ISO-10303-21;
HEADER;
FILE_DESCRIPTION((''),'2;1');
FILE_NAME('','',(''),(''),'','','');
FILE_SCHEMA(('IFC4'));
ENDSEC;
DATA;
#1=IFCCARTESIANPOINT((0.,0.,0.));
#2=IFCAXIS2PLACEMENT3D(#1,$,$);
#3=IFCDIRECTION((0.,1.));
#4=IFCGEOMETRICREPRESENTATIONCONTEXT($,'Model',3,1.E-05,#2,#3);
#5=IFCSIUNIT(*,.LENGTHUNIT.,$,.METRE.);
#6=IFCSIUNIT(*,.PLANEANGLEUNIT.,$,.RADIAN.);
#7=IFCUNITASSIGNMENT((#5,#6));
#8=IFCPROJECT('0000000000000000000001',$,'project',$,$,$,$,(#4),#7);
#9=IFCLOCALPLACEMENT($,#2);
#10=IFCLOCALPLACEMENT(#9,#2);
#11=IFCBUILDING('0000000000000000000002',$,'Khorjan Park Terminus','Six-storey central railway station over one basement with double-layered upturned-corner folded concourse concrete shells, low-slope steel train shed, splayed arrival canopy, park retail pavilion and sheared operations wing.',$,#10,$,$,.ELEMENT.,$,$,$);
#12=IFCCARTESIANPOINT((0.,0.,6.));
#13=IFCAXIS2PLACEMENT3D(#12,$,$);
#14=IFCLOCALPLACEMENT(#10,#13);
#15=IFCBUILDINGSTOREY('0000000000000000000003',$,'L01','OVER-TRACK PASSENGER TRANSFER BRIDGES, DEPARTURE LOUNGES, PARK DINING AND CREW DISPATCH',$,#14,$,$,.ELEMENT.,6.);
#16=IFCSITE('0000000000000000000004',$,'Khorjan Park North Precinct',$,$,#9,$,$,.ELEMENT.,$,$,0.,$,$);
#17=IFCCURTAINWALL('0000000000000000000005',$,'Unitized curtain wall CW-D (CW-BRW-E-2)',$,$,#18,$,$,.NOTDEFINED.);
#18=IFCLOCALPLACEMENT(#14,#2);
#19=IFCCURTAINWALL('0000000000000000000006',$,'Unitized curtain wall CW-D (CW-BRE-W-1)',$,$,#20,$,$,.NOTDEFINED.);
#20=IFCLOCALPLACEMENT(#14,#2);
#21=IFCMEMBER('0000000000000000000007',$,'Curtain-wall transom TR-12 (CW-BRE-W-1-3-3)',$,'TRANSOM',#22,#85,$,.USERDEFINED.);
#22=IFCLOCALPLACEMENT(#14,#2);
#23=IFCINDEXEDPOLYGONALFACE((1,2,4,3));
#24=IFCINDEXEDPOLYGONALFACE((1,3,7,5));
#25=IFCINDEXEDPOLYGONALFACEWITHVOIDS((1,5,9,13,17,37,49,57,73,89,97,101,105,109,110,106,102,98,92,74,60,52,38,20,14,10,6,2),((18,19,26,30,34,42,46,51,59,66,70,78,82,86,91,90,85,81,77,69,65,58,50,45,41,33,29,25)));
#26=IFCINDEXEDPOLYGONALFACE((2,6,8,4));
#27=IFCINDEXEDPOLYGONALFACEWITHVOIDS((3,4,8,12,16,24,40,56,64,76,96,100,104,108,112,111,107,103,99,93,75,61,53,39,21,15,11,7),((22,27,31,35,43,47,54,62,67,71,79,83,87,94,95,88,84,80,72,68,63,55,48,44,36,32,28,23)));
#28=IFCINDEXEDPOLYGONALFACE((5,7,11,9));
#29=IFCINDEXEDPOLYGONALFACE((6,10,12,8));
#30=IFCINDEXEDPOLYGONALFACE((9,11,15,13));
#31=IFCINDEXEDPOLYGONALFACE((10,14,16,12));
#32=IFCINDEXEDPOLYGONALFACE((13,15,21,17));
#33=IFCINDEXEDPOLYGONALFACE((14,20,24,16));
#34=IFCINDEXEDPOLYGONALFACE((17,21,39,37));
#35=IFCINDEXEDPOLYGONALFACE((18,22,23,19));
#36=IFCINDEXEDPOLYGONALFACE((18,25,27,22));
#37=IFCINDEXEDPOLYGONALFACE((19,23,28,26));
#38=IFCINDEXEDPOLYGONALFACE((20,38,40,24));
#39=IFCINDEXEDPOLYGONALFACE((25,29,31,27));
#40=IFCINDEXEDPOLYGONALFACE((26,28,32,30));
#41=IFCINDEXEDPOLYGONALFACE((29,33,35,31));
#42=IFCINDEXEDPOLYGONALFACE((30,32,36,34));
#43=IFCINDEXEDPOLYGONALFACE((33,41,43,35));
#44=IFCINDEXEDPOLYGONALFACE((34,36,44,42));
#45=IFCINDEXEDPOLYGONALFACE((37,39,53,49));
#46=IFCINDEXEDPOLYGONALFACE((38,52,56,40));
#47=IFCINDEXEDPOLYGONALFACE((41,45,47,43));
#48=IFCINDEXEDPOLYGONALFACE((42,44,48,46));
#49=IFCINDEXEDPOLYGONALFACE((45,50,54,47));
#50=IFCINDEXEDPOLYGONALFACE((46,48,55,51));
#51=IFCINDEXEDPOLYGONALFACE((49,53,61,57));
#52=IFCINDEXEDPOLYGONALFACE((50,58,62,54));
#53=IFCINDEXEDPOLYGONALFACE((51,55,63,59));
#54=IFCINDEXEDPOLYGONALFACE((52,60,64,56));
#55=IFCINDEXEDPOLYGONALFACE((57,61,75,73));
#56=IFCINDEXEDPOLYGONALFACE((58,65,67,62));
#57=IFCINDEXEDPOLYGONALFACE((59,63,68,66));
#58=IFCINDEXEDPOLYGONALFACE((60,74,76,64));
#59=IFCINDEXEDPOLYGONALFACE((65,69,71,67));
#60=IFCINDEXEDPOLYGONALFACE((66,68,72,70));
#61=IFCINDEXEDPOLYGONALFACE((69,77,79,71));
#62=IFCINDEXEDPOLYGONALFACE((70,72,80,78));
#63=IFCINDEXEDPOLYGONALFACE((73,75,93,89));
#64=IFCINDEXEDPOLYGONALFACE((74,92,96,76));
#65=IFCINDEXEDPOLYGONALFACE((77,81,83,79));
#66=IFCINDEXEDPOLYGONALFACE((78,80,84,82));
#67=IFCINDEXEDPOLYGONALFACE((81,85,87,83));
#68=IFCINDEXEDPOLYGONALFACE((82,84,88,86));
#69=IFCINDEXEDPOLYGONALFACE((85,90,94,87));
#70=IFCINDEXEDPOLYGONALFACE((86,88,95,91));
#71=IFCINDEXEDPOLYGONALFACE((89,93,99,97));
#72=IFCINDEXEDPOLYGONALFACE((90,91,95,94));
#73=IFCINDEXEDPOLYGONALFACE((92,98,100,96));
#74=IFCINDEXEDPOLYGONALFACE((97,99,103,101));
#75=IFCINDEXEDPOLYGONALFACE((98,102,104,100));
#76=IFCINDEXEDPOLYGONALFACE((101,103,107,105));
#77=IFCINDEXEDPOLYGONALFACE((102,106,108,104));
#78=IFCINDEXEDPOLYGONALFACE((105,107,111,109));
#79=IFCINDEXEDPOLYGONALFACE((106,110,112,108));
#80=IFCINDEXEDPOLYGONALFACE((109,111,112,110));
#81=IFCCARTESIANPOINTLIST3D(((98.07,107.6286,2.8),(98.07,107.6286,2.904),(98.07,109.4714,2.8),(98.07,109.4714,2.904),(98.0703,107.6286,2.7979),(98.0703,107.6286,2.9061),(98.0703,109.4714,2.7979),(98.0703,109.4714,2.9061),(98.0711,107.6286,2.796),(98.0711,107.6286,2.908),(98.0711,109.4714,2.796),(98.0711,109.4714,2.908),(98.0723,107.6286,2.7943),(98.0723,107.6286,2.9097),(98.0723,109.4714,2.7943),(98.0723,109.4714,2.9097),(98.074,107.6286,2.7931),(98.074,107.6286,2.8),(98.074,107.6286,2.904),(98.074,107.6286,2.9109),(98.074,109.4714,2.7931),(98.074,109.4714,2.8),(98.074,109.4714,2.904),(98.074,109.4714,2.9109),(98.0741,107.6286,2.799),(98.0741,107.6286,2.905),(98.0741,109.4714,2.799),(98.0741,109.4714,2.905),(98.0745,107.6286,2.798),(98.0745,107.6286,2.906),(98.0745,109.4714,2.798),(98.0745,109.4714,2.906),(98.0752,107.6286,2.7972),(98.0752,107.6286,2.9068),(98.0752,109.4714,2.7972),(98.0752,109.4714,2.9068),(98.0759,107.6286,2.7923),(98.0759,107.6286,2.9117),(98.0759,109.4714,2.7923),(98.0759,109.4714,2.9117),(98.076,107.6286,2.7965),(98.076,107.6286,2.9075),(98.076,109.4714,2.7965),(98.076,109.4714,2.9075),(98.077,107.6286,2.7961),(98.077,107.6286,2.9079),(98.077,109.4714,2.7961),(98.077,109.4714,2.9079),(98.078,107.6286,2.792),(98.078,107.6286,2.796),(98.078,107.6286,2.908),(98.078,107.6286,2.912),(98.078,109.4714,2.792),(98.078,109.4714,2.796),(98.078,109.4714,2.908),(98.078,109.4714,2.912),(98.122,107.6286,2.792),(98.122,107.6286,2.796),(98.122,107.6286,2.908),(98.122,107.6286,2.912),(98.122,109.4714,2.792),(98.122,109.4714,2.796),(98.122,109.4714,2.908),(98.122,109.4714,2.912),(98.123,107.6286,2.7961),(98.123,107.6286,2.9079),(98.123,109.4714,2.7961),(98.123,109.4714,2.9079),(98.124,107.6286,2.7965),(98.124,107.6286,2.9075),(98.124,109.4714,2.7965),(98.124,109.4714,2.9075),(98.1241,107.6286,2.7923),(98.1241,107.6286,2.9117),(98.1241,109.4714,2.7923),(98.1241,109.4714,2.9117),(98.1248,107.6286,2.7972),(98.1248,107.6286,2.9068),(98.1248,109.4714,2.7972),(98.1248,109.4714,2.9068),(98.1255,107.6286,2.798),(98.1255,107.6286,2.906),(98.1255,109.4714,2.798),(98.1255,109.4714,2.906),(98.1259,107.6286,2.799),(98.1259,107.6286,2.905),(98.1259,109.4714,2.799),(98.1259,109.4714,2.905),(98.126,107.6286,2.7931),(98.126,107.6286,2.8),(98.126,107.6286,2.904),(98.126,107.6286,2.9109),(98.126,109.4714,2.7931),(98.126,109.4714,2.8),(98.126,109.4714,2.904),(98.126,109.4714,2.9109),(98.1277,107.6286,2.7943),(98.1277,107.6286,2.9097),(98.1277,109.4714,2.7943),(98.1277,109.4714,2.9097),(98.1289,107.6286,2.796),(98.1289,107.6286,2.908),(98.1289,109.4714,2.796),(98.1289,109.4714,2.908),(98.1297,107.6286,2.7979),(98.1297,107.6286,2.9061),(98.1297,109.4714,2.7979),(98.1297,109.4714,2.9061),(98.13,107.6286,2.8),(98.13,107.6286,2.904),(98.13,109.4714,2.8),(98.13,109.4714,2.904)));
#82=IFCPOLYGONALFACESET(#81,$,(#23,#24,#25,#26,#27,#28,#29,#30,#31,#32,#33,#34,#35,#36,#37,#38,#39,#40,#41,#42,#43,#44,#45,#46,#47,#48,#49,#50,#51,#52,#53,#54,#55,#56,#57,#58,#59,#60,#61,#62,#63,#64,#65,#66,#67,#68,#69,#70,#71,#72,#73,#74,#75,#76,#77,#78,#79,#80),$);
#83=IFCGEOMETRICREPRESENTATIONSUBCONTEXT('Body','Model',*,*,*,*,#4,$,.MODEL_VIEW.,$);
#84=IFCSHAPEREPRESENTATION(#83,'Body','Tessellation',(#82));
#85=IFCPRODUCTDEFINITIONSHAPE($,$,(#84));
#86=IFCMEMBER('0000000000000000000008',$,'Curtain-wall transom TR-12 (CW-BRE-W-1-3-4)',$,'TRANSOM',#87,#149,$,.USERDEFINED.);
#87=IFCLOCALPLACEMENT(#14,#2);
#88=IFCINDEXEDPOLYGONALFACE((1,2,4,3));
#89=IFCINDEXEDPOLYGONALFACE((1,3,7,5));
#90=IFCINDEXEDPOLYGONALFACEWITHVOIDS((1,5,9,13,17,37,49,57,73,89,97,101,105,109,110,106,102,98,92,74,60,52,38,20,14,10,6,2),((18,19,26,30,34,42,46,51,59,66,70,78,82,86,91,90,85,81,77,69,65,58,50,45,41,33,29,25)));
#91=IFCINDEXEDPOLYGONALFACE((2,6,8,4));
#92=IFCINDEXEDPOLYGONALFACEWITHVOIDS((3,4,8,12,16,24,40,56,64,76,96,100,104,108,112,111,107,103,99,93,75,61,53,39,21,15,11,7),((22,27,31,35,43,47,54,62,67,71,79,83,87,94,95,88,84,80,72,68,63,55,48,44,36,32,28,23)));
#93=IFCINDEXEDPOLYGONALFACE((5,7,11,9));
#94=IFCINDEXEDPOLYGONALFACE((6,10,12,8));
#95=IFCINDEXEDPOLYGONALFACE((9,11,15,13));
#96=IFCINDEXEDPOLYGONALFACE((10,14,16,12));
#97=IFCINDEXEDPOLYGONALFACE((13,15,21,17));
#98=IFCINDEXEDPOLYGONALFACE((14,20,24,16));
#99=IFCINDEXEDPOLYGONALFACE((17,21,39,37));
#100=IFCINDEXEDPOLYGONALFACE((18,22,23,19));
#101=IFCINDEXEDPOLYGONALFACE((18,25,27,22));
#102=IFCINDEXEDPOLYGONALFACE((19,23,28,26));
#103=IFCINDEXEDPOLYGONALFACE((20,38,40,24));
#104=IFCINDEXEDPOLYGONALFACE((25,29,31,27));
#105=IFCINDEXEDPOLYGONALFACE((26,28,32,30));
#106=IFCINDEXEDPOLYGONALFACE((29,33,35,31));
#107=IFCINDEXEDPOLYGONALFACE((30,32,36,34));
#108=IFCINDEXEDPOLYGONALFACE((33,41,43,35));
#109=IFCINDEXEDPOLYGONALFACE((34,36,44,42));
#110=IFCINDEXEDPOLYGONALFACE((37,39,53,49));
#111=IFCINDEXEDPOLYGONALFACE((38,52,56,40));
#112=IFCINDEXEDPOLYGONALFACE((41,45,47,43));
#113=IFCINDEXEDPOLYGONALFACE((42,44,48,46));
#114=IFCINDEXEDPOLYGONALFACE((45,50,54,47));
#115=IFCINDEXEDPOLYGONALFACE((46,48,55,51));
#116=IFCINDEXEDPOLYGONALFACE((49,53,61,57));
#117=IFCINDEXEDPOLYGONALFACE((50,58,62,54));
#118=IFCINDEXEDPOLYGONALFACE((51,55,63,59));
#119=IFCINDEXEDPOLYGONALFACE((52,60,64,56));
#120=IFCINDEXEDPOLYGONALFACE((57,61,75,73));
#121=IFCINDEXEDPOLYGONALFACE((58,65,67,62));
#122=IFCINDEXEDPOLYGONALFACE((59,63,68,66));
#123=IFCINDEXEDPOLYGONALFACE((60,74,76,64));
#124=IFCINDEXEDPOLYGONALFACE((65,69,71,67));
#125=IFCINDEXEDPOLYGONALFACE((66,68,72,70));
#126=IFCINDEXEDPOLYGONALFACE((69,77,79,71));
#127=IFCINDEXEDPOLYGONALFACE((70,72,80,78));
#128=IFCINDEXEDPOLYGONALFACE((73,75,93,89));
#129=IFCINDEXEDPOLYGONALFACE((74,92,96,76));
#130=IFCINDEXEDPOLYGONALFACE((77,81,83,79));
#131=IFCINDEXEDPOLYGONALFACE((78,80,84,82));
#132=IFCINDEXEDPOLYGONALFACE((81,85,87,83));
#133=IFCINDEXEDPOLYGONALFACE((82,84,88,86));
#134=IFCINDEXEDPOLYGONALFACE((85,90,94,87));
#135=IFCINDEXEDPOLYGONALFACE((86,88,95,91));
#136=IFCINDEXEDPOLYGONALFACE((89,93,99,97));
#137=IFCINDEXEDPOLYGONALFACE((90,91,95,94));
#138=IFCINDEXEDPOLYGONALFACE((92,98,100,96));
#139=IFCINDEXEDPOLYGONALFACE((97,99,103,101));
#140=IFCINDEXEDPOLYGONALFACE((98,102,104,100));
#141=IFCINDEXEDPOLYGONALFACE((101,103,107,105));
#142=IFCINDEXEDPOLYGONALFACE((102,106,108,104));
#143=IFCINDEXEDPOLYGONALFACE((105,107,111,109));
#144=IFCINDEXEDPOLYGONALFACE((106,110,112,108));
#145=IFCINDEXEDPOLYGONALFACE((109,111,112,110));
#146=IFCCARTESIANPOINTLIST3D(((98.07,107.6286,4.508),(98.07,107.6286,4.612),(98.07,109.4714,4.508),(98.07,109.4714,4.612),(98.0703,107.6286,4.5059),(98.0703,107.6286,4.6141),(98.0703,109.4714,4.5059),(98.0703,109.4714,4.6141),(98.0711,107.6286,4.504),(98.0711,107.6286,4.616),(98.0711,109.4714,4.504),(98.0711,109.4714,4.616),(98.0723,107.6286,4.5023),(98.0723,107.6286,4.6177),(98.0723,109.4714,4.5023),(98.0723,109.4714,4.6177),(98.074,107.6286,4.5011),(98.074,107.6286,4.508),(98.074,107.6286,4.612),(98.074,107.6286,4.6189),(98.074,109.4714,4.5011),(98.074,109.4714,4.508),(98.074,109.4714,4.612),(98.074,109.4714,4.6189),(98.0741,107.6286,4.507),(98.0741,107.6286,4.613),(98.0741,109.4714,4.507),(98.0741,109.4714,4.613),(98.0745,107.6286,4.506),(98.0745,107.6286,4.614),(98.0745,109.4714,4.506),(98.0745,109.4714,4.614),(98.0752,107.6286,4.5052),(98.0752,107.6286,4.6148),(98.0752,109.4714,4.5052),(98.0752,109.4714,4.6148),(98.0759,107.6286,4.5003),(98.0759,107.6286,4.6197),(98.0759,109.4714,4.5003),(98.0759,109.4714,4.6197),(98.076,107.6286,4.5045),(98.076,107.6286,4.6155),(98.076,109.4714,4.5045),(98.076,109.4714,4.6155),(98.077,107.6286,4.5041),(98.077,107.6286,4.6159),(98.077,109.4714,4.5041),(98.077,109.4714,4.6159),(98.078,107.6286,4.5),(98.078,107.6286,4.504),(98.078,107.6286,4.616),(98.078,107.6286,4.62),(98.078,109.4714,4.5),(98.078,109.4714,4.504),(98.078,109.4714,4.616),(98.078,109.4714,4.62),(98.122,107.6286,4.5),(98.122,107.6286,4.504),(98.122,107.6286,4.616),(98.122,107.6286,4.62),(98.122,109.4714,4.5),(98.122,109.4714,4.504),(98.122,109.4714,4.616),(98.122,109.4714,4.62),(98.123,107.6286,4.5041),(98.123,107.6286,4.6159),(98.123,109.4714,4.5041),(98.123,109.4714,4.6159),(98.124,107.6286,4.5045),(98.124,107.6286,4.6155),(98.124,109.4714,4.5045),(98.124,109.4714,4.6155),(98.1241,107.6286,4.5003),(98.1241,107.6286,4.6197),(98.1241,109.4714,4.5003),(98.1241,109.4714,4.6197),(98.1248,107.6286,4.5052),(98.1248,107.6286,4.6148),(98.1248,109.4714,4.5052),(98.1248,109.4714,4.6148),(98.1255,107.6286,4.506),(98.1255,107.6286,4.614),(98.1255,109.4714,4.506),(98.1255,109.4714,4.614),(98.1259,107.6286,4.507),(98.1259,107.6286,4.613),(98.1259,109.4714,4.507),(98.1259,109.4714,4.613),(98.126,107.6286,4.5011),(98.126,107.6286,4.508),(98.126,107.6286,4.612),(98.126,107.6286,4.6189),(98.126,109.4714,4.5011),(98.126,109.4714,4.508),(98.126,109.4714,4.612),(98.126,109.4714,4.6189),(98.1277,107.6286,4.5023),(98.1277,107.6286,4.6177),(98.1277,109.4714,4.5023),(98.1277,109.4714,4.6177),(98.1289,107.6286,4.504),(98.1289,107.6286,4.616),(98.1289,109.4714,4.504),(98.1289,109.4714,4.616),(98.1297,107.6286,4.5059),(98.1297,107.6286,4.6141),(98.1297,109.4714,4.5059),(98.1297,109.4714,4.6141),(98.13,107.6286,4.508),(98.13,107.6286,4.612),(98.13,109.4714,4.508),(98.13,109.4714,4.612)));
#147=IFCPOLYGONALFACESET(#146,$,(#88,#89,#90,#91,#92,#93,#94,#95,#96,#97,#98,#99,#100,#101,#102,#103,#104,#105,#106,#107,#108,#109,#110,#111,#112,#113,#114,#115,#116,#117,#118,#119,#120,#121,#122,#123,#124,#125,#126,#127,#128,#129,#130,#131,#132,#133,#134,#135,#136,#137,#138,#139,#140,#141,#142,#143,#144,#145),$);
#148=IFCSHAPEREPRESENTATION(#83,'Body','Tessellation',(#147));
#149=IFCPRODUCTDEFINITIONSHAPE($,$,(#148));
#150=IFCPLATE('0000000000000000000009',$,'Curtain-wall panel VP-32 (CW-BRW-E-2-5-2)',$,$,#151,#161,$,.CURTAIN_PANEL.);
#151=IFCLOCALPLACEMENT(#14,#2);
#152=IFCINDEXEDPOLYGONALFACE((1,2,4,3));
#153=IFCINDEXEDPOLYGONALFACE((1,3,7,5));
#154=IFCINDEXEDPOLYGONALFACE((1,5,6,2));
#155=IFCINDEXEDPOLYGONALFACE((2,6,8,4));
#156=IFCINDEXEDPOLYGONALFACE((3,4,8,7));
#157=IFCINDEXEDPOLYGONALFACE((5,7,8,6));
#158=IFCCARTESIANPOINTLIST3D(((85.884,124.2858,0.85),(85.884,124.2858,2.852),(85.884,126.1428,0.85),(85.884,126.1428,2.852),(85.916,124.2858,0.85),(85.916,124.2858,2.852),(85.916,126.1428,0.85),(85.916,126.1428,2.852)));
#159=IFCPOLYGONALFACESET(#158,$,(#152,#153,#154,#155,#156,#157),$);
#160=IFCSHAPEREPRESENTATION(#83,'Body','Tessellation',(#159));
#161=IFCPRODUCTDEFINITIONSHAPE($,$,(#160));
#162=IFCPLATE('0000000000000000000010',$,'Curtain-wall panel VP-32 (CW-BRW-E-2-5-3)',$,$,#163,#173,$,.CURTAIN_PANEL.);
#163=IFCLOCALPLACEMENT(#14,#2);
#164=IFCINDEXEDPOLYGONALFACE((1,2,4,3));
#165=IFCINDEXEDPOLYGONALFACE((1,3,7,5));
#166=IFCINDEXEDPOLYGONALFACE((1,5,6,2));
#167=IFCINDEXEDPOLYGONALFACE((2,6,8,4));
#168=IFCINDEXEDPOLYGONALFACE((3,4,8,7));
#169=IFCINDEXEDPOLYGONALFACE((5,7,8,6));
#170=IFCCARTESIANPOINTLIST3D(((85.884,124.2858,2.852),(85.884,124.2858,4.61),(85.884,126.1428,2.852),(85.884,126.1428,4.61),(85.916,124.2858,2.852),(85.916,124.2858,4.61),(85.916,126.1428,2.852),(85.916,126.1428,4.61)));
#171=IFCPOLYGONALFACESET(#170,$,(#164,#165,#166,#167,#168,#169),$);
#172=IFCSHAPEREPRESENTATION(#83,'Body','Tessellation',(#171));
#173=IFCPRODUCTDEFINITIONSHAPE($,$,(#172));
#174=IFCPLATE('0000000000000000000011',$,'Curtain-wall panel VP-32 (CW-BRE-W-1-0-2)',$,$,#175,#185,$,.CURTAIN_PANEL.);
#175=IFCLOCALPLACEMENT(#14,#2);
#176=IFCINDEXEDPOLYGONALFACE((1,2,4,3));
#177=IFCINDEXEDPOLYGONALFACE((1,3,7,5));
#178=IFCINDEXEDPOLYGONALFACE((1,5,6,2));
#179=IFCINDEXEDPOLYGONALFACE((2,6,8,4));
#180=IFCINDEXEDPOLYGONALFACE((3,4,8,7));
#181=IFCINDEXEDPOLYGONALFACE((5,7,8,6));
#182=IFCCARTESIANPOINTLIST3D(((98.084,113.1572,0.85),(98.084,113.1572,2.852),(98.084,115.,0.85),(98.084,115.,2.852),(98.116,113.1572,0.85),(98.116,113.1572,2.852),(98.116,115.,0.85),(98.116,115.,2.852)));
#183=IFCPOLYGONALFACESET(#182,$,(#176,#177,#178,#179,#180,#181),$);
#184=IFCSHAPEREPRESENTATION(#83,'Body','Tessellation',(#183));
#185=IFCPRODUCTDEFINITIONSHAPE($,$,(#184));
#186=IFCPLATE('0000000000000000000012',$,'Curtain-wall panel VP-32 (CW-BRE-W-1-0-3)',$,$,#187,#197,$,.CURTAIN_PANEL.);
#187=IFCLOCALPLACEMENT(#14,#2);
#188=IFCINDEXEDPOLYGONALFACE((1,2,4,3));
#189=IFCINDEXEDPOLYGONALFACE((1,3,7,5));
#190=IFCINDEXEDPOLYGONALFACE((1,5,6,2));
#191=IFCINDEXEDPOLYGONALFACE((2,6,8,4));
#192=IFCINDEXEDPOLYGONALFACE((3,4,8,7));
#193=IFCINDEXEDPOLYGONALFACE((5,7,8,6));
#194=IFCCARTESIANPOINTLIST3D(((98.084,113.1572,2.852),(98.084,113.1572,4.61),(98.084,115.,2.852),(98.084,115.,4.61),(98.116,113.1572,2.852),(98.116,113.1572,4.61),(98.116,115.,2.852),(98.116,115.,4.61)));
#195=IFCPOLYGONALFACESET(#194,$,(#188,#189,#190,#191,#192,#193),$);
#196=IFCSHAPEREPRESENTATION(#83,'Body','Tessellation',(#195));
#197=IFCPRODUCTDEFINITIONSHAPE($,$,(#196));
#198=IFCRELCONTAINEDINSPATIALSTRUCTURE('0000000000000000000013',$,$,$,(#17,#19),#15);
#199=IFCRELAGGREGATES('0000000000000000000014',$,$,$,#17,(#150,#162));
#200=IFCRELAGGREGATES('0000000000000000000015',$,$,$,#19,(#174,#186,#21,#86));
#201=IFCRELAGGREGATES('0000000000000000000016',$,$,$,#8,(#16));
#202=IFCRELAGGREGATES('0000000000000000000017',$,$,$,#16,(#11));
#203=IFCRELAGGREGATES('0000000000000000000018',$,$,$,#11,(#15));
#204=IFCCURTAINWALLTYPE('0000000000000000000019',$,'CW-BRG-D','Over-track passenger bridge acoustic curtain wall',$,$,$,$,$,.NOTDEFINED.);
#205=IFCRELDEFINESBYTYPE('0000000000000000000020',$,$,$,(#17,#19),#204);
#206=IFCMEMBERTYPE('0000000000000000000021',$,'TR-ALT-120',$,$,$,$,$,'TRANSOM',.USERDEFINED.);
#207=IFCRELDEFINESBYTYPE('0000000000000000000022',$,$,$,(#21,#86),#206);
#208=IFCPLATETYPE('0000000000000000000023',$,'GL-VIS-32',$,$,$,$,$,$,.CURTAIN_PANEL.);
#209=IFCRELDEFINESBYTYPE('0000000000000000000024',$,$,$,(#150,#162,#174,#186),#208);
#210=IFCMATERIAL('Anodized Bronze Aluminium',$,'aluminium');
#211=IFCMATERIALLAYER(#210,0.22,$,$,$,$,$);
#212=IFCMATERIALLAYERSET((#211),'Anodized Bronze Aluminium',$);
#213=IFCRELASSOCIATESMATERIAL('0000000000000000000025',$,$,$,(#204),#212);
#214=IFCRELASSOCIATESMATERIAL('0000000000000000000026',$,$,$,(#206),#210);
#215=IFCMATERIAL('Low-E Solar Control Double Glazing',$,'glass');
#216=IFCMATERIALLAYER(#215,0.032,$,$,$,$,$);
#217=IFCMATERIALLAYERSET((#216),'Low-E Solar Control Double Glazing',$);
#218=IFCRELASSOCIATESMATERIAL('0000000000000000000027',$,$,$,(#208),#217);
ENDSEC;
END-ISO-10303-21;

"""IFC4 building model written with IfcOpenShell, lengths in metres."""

from ifc_helpers import new_model, si_unit, direction, frame, origin, origin_2d, place, context, subcontext, project, spatial, rectangle, hollow_rectangle, extrude, material, layer, layer_set, material_profile, profile_set, type_object, element, aggregate, save


model = new_model("IFC4")

# Units and contexts
model_context = context("Model", 3, precision=1e-05, world=origin(), true_north=direction((0.0, 1.0)))
body_context = subcontext(model_context, "Body", "Model", "MODEL_VIEW")
ifc_project = project(units=[si_unit("LENGTHUNIT", "METRE"), si_unit("PLANEANGLEUNIT", "RADIAN")], contexts=[model_context])

# Site, building, storey
site_placement = place(None, origin())
site = spatial("IfcSite", under=ifc_project, at=site_placement, Name="Khorjan Park North Precinct", CompositionType="ELEMENT", RefElevation=0.0)
building_placement = place(site_placement, origin())
building = spatial("IfcBuilding", under=site, at=building_placement, Name="Khorjan Park Terminus", Description="Six-storey central railway station over one basement with double-layered upturned-corner folded concourse concrete shells, low-slope steel train shed, splayed arrival canopy, park retail pavilion and sheared operations wing.", CompositionType="ELEMENT")
storey_placement = place(building_placement, frame((0.0, 0.0, 6.0)))
storey = spatial("IfcBuildingStorey", under=building, at=storey_placement, Name="L01", Description="OVER-TRACK PASSENGER TRANSFER BRIDGES, DEPARTURE LOUNGES, PARK DINING AND CREW DISPATCH", CompositionType="ELEMENT", Elevation=6.0)

# Curtain wall
ifc_material_1 = material(Name="Anodized Bronze Aluminium", Category="aluminium")
ifc_layer_1 = layer(ifc_material_1, 0.22)
ifc_layer_set_1 = layer_set([ifc_layer_1], Name="Anodized Bronze Aluminium")
curtain_wall_type = type_object("IfcCurtainWallType", Name="CW-BRG-D", Description="Over-track passenger bridge acoustic curtain wall", PredefinedType="NOTDEFINED", material=ifc_layer_set_1)
curtain_wall_1_placement = place(storey_placement, origin())
curtain_wall_1 = element("IfcCurtainWall", 1, at=curtain_wall_1_placement, inside=storey, type_object=curtain_wall_type, Name="Unitized curtain wall CW-D (CW-BRW-E-2)", PredefinedType="NOTDEFINED")

# Curtain wall
curtain_wall_2_placement = place(storey_placement, origin())
curtain_wall_2 = element("IfcCurtainWall", 2, at=curtain_wall_2_placement, inside=storey, type_object=curtain_wall_type, Name="Unitized curtain wall CW-D (CW-BRE-W-1)", PredefinedType="NOTDEFINED")

# Members
ifc_material_profile_1 = material_profile(ifc_material_1, hollow_rectangle(XDim=0.06, YDim=0.12, WallThickness=0.004, InnerFilletRadius=0.004, OuterFilletRadius=0.008, at=origin_2d()), Name="ALT 60x120x4")
ifc_profile_set_1 = profile_set([ifc_material_profile_1], Name="Anodized Bronze Aluminium")
member_type_1 = type_object("IfcMemberType", Name="TR-ALT-120", ElementType="TRANSOM", PredefinedType="USERDEFINED", material=ifc_profile_set_1)
member_1_placement = place(storey_placement, frame((98.1, 109.4714, 2.852), z_axis=(0.0, -1.0, 0.0), x_axis=(1.0, 0.0, 0.0)))
member_1 = element("IfcMember", 3, at=member_1_placement, type_object=member_type_1, Name="Curtain-wall transom TR-12 (CW-BRE-W-1-3-3)", ObjectType="TRANSOM", PredefinedType="USERDEFINED", context=body_context, shape_type="SweptSolid", body=[
    extrude(hollow_rectangle(XDim=0.06, YDim=0.12, WallThickness=0.004, InnerFilletRadius=0.004, OuterFilletRadius=0.008, at=origin_2d()), origin(), (0.0, 0.0, 1.0), 1.8428),
])
member_2_placement = place(storey_placement, frame((98.1, 109.4714, 4.56), z_axis=(0.0, -1.0, 0.0), x_axis=(1.0, 0.0, 0.0)))
member_2 = element("IfcMember", 4, at=member_2_placement, type_object=member_type_1, Name="Curtain-wall transom TR-12 (CW-BRE-W-1-3-4)", ObjectType="TRANSOM", PredefinedType="USERDEFINED", context=body_context, shape_type="SweptSolid", body=[
    extrude(hollow_rectangle(XDim=0.06, YDim=0.12, WallThickness=0.004, InnerFilletRadius=0.004, OuterFilletRadius=0.008, at=origin_2d()), origin(), (0.0, 0.0, 1.0), 1.8428),
])

# Plates
ifc_material_2 = material(Name="Low-E Solar Control Double Glazing", Category="glass")
ifc_layer_2 = layer(ifc_material_2, 0.032)
ifc_layer_set_2 = layer_set([ifc_layer_2], Name="Low-E Solar Control Double Glazing")
plate_type_1 = type_object("IfcPlateType", Name="GL-VIS-32", PredefinedType="CURTAIN_PANEL", material=ifc_layer_set_2)
plate_1_placement = place(storey_placement, frame((85.9, 125.2143, 0.85), z_axis=(0.0, 0.0, 1.0), x_axis=(0.0, 1.0, 0.0)))
plate_1 = element("IfcPlate", 5, at=plate_1_placement, type_object=plate_type_1, Name="Curtain-wall panel VP-32 (CW-BRW-E-2-5-2)", PredefinedType="CURTAIN_PANEL", context=body_context, shape_type="SweptSolid", body=[
    extrude(rectangle(XDim=1.8571, YDim=0.032, at=origin_2d()), origin(), (0.0, 0.0, 1.0), 2.002),
])
plate_2_placement = place(storey_placement, frame((85.9, 125.2143, 2.852), z_axis=(0.0, 0.0, 1.0), x_axis=(0.0, 1.0, 0.0)))
plate_2 = element("IfcPlate", 6, at=plate_2_placement, type_object=plate_type_1, Name="Curtain-wall panel VP-32 (CW-BRW-E-2-5-3)", PredefinedType="CURTAIN_PANEL", context=body_context, shape_type="SweptSolid", body=[
    extrude(rectangle(XDim=1.8571, YDim=0.032, at=origin_2d()), origin(), (0.0, 0.0, 1.0), 1.758),
])
plate_3_placement = place(storey_placement, frame((98.1, 114.0786, 0.85), z_axis=(0.0, 0.0, 1.0), x_axis=(0.0, -1.0, 0.0)))
plate_3 = element("IfcPlate", 7, at=plate_3_placement, type_object=plate_type_1, Name="Curtain-wall panel VP-32 (CW-BRE-W-1-0-2)", PredefinedType="CURTAIN_PANEL", context=body_context, shape_type="SweptSolid", body=[
    extrude(rectangle(XDim=1.8429, YDim=0.032, at=origin_2d()), origin(), (0.0, 0.0, 1.0), 2.002),
])
plate_4_placement = place(storey_placement, frame((98.1, 114.0786, 2.852), z_axis=(0.0, 0.0, 1.0), x_axis=(0.0, -1.0, 0.0)))
plate_4 = element("IfcPlate", 8, at=plate_4_placement, type_object=plate_type_1, Name="Curtain-wall panel VP-32 (CW-BRE-W-1-0-3)", PredefinedType="CURTAIN_PANEL", context=body_context, shape_type="SweptSolid", body=[
    extrude(rectangle(XDim=1.8429, YDim=0.032, at=origin_2d()), origin(), (0.0, 0.0, 1.0), 1.758),
])
aggregate(curtain_wall_1, [plate_1, plate_2])
aggregate(curtain_wall_2, [plate_3, plate_4, member_1, member_2])

save(model, "model.ifc")
